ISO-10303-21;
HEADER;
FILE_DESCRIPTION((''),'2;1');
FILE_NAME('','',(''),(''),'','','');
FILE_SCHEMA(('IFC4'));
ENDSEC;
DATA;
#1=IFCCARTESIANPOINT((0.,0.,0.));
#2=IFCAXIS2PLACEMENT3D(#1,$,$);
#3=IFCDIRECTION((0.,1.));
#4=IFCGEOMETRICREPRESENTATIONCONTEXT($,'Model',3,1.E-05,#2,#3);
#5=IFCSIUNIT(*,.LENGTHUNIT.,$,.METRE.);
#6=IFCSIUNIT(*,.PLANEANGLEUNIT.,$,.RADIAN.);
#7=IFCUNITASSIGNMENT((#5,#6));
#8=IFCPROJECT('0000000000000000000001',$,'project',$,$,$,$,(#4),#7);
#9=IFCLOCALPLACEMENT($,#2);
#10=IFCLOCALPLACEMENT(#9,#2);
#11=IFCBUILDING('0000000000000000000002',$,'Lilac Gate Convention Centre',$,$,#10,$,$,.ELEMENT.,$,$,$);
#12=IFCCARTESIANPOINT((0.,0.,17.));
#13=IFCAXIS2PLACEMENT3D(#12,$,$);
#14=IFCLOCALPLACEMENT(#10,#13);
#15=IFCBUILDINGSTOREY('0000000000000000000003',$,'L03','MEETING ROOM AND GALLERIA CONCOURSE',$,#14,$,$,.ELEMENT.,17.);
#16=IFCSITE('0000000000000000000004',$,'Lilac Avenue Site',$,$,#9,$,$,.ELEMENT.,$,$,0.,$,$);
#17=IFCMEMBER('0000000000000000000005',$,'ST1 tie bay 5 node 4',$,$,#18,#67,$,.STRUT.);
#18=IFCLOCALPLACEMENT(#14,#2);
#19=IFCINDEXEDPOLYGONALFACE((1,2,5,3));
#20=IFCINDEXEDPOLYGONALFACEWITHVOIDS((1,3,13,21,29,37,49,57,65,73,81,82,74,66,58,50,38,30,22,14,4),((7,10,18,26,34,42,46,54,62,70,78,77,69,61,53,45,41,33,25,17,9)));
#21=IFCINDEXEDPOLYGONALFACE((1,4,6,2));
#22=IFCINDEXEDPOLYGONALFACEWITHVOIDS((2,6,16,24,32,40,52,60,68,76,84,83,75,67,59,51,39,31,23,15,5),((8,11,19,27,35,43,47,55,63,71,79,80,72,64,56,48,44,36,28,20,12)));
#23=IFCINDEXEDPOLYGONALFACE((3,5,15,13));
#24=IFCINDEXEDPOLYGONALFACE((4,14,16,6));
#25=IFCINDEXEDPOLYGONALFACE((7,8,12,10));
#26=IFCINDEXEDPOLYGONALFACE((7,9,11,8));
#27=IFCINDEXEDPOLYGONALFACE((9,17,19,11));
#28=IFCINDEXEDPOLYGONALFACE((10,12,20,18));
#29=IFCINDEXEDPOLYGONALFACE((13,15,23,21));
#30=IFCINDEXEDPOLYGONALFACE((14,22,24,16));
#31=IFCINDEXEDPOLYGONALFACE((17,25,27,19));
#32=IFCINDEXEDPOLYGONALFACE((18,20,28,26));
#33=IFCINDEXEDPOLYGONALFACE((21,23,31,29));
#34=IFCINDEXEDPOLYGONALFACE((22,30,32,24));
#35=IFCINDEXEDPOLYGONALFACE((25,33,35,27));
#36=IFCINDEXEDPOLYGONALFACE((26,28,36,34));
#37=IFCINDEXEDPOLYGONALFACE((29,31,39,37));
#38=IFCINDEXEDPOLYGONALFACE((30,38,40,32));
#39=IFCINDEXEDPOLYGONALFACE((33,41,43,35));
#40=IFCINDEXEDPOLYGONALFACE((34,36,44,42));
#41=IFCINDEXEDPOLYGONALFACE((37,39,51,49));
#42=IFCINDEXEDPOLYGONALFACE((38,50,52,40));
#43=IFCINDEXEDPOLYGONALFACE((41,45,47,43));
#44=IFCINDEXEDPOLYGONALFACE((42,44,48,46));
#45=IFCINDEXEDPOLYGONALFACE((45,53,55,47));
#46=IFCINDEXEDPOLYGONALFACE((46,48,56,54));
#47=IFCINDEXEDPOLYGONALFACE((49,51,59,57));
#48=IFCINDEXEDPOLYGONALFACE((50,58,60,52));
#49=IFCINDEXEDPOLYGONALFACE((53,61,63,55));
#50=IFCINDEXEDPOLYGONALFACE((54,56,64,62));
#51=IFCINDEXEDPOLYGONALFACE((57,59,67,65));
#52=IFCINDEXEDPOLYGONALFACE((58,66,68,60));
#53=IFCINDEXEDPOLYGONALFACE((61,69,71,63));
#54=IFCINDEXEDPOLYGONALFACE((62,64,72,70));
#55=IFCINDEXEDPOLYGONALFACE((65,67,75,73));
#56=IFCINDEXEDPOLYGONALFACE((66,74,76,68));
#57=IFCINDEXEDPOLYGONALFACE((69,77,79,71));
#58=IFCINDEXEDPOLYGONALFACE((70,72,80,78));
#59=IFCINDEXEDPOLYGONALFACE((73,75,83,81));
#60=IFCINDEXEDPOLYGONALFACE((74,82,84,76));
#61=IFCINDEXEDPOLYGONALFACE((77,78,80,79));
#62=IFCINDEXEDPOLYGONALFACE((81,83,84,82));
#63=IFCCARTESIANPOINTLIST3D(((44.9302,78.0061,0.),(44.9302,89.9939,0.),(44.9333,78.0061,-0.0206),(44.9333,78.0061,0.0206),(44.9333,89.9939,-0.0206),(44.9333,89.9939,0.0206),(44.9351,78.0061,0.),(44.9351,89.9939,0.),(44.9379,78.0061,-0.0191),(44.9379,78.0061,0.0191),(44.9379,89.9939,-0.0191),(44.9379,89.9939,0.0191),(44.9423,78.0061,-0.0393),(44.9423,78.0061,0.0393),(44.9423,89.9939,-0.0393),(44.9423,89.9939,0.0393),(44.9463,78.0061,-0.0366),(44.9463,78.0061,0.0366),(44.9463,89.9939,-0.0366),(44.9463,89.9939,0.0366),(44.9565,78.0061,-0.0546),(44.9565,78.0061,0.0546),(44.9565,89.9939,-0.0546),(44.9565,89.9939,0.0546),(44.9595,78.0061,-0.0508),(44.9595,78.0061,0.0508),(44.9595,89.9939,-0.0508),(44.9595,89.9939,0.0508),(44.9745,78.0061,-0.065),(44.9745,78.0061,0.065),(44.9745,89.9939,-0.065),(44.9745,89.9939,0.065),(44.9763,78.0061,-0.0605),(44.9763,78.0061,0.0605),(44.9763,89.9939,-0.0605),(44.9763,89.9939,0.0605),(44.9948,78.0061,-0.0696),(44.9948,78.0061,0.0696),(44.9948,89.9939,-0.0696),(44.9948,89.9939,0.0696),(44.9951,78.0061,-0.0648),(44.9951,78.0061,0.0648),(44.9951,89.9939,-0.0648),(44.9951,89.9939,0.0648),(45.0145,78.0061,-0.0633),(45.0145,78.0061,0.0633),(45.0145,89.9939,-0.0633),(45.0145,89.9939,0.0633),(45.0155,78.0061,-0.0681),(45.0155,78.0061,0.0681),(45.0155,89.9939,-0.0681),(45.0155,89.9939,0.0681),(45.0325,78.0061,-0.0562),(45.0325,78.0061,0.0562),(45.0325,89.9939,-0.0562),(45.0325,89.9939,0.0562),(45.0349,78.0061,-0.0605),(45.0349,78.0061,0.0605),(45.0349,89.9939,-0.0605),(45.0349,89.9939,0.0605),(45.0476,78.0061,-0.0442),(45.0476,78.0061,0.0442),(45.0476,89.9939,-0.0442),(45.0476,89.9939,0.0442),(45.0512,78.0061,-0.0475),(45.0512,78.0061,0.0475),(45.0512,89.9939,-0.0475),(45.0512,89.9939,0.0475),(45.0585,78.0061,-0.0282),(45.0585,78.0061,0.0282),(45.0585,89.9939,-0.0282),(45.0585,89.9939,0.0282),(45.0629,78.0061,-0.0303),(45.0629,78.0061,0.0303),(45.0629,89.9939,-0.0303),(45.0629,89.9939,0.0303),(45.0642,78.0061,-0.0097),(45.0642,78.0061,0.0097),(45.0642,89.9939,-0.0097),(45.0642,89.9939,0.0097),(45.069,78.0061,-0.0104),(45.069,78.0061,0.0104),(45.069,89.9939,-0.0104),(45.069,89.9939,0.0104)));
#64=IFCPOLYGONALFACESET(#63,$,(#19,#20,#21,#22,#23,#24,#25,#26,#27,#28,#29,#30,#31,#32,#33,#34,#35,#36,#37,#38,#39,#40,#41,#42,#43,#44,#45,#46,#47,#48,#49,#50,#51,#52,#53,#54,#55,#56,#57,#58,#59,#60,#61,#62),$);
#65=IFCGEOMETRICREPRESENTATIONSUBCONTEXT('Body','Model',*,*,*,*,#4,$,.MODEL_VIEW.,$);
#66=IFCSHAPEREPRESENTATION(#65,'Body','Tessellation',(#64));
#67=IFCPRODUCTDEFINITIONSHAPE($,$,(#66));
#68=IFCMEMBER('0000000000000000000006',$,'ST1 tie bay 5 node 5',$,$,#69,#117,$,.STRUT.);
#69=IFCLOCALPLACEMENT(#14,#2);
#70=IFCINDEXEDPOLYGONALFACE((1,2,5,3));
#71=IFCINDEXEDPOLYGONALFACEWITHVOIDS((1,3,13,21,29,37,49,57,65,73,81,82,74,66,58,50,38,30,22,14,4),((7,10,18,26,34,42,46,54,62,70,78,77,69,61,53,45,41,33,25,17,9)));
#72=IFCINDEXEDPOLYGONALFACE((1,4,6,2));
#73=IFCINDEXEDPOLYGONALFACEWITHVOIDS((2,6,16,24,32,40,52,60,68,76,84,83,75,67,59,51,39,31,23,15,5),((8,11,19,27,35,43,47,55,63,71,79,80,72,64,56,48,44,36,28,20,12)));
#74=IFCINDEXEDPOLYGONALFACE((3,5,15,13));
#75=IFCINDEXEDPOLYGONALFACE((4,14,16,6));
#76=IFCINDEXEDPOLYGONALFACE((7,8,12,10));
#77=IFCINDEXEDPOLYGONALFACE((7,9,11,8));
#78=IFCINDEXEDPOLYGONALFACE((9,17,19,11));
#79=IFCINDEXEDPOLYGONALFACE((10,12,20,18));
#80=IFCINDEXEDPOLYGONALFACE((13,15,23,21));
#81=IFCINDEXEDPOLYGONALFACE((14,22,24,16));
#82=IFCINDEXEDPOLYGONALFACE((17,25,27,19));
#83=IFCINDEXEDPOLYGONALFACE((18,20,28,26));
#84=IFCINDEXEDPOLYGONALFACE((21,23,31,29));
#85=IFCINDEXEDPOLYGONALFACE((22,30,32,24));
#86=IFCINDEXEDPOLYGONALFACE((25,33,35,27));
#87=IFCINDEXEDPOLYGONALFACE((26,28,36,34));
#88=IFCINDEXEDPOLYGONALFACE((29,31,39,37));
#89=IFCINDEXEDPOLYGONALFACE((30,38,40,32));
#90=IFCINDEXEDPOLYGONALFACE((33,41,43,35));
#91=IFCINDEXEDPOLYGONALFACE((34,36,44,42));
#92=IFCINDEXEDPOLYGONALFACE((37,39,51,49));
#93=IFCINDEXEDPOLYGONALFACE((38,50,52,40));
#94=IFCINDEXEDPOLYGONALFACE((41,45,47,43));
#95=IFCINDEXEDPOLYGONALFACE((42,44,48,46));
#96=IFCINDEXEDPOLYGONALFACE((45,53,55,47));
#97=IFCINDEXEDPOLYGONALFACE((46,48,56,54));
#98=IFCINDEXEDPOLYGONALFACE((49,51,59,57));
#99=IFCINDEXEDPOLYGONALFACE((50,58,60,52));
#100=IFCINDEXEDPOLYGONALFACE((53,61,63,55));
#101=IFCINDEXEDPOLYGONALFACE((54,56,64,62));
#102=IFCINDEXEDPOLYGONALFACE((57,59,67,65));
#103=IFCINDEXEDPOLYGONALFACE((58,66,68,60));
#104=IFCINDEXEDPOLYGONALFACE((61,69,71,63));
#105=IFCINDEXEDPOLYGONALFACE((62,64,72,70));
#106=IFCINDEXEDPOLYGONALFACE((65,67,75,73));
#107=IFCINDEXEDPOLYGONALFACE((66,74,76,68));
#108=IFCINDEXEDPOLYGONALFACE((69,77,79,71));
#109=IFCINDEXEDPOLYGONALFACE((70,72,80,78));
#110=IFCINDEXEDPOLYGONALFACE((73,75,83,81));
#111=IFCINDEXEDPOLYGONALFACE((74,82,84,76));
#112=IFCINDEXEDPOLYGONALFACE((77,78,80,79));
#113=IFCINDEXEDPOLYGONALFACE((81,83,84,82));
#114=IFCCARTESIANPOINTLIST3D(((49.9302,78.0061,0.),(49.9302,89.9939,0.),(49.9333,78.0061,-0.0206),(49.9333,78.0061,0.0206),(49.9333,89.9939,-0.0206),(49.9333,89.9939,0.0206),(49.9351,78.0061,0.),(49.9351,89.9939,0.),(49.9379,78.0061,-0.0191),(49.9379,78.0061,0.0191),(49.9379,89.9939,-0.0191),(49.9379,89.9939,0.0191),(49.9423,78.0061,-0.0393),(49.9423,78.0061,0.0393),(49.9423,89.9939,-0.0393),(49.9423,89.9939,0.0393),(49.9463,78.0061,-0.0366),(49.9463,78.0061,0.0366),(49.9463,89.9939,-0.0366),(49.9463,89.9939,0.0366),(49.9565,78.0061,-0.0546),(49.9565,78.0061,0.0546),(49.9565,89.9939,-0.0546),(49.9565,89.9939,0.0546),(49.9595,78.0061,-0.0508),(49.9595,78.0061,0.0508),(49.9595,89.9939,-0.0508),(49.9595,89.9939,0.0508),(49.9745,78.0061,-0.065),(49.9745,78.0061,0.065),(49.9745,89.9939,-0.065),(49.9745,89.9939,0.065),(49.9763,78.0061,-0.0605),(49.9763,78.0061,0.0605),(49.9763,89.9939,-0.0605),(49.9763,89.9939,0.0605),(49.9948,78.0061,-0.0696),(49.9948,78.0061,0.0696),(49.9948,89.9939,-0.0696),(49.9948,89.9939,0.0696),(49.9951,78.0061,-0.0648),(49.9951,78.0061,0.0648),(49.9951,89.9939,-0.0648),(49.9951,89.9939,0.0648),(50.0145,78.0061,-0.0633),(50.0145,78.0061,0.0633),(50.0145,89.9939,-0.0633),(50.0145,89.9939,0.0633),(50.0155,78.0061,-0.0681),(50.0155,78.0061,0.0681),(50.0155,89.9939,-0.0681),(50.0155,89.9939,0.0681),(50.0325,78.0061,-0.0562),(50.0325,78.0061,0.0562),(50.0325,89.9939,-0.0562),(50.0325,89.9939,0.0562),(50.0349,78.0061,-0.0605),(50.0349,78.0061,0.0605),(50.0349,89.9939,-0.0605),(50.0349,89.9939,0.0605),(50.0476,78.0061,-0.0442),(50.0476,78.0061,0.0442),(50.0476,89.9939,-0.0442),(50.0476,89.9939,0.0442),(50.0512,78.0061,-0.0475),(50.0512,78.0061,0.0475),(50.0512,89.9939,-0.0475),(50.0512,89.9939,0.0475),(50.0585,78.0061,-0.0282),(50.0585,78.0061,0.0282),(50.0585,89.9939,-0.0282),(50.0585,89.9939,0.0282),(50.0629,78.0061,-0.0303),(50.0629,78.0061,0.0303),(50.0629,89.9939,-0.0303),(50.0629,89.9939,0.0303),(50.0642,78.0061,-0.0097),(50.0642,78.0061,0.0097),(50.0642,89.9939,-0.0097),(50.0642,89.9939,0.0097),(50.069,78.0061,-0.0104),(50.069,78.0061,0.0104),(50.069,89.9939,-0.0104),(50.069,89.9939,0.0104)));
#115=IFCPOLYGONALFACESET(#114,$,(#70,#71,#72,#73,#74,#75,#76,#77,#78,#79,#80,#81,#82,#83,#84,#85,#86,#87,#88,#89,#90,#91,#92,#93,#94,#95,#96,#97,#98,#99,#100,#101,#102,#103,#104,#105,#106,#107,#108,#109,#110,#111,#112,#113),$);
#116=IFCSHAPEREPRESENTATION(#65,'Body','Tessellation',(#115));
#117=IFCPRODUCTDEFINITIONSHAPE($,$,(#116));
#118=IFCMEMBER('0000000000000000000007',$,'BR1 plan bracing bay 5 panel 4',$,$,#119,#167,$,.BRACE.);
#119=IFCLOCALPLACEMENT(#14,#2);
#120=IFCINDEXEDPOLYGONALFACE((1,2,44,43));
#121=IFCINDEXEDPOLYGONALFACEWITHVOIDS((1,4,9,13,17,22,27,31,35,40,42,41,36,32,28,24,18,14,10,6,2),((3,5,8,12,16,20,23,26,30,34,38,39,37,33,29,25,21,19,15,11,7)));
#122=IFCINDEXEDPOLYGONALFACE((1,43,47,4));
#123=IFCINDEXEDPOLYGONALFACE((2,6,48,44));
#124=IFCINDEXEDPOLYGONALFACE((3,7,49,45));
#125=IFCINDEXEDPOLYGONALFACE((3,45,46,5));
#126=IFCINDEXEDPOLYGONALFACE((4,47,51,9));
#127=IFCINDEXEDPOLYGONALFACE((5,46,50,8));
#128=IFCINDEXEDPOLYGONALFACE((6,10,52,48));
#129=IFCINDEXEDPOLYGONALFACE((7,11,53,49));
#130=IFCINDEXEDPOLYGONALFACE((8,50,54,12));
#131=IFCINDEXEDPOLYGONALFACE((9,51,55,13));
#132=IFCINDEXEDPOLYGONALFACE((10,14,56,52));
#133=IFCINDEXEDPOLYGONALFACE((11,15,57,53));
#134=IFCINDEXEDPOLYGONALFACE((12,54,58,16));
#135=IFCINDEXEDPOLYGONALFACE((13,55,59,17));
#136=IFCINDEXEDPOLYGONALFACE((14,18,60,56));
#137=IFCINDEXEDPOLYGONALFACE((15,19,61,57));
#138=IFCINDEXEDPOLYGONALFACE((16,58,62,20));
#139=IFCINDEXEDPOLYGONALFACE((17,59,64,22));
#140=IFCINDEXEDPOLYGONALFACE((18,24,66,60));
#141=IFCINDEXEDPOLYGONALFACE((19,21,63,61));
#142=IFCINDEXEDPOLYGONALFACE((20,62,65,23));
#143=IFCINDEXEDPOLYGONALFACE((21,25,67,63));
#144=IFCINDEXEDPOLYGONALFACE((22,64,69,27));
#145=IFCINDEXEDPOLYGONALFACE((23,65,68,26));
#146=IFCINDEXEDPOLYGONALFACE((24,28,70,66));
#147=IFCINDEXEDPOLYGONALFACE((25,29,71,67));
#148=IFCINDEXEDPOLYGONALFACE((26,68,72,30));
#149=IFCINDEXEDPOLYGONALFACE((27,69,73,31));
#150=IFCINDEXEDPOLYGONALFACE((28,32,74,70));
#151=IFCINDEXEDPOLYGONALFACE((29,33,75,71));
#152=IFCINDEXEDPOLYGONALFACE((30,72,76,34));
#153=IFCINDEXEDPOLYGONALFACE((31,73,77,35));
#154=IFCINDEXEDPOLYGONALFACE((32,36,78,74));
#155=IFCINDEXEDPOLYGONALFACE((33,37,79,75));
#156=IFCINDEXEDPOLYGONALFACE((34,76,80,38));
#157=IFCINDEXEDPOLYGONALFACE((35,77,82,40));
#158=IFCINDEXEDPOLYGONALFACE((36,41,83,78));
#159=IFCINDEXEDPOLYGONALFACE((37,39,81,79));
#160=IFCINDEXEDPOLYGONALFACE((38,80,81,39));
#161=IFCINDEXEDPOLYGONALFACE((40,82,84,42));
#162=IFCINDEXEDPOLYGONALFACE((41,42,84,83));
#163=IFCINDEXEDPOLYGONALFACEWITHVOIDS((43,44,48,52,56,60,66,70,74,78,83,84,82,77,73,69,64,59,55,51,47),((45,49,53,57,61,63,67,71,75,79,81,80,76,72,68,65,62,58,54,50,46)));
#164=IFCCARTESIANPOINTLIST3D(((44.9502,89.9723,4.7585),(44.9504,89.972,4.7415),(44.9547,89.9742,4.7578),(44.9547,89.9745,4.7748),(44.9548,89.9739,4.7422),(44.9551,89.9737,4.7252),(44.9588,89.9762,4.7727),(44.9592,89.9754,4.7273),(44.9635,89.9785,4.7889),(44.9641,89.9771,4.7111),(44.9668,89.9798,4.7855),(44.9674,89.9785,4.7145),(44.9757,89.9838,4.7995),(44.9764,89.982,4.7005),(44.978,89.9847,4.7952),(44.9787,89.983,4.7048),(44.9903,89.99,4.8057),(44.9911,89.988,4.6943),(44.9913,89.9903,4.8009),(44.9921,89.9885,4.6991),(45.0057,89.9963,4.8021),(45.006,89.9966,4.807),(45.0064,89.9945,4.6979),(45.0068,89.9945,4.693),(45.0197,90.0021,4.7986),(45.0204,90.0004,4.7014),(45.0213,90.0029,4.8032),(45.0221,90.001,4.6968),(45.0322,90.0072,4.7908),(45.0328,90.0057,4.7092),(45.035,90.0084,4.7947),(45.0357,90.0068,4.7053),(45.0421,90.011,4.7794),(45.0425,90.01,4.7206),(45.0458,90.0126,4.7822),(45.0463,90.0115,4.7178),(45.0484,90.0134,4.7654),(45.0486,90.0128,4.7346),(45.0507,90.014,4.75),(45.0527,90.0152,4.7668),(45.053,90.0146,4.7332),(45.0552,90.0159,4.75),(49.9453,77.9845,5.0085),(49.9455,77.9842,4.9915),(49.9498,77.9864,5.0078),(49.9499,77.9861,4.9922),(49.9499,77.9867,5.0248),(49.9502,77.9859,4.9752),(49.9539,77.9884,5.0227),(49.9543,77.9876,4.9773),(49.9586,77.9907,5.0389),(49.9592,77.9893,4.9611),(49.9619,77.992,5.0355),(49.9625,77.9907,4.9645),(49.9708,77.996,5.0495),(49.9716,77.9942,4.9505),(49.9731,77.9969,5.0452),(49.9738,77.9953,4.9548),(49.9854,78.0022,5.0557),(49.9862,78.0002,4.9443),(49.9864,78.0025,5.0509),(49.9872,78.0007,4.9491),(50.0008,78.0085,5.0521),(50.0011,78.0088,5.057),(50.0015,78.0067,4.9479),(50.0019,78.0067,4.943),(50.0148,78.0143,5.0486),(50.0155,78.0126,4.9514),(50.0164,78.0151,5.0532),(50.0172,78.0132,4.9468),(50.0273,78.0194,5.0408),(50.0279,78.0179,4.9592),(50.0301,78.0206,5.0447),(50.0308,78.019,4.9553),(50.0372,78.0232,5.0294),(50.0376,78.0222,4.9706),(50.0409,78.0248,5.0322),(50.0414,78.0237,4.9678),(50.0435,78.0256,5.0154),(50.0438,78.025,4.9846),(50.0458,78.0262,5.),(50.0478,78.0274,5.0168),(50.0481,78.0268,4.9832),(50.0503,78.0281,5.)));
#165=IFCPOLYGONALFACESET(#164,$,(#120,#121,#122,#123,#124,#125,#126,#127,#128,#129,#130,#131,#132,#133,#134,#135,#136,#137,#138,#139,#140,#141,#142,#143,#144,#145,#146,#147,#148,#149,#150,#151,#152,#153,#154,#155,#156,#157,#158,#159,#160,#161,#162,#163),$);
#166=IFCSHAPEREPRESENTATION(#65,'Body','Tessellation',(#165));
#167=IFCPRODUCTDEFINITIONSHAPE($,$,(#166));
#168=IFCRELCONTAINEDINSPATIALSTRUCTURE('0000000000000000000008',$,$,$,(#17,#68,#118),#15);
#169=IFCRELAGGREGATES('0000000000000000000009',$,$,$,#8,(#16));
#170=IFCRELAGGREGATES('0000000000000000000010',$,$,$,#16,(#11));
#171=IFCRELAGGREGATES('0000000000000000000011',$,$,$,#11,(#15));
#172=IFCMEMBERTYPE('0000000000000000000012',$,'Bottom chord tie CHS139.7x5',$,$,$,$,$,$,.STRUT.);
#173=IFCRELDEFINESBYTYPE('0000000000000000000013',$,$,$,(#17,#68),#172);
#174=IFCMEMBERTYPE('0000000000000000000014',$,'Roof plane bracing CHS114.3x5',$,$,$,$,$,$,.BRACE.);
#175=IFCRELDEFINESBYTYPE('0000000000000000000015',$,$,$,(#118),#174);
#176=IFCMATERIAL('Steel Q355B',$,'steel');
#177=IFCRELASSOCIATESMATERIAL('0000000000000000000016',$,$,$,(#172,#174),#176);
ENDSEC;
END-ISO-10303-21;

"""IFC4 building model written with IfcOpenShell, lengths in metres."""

from ifc_helpers import new_model, si_unit, direction, frame, origin, origin_2d, place, context, subcontext, project, spatial, hollow_circle, extrude, material, material_profile, profile_set, type_object, element, save


model = new_model("IFC4")

# Units and contexts
model_context = context("Model", 3, precision=1e-05, world=origin(), true_north=direction((0.0, 1.0)))
body_context = subcontext(model_context, "Body", "Model", "MODEL_VIEW")
ifc_project = project(units=[si_unit("LENGTHUNIT", "METRE"), si_unit("PLANEANGLEUNIT", "RADIAN")], contexts=[model_context])

# Site, building, storey
site_placement = place(None, origin())
site = spatial("IfcSite", under=ifc_project, at=site_placement, Name="Lilac Avenue Site", CompositionType="ELEMENT", RefElevation=0.0)
building_placement = place(site_placement, origin())
building = spatial("IfcBuilding", under=site, at=building_placement, Name="Lilac Gate Convention Centre", CompositionType="ELEMENT")
storey_placement = place(building_placement, frame((0.0, 0.0, 17.0)))
storey = spatial("IfcBuildingStorey", under=building, at=storey_placement, Name="L03", Description="MEETING ROOM AND GALLERIA CONCOURSE", CompositionType="ELEMENT", Elevation=17.0)

# Members
ifc_material = material(Name="Steel Q355B", Category="steel")
ifc_material_profile_1 = material_profile(ifc_material, hollow_circle(Radius=0.0698, WallThickness=0.0049, at=origin_2d()), Name="CHS139.7x5")
ifc_profile_set_1 = profile_set([ifc_material_profile_1], Name="Steel Q355B")
member_type_1 = type_object("IfcMemberType", Name="Bottom chord tie CHS139.7x5", PredefinedType="STRUT", material=ifc_profile_set_1)
for number, where, z_axis, x_axis, name in (
    (1, (45.0, 78.0061, 0.0), (0.0, 1.0, 0.0), (-1.0, 0.0, 0.0), "ST1 tie bay 5 node 4"),
    (2, (50.0, 78.0061, 0.0), (0.0, 1.0, 0.0), (-1.0, 0.0, 0.0), "ST1 tie bay 5 node 5"),
):
    element("IfcMember", number, at=place(storey_placement, frame(where, z_axis=z_axis, x_axis=x_axis)), inside=storey, type_object=member_type_1, Name=name, PredefinedType="STRUT", context=body_context, shape_type="SweptSolid", body=[
        extrude(hollow_circle(Radius=0.0698, WallThickness=0.0049, at=origin_2d()), origin(), (0.0, 0.0, 1.0), 11.9878),
    ])
ifc_material_profile_2 = material_profile(ifc_material, hollow_circle(Radius=0.0571, WallThickness=0.0049, at=origin_2d()), Name="CHS114.3x5")
ifc_profile_set_2 = profile_set([ifc_material_profile_2], Name="Steel Q355B")
member_type_2 = type_object("IfcMemberType", Name="Roof plane bracing CHS114.3x5", PredefinedType="BRACE", material=ifc_profile_set_2)
for number, where, z_axis, x_axis, name in (
    (3, (45.0024, 89.9939, 4.75), (0.384557, -0.9229, 0.019247), (0.923071, 0.384629, 0.0), "BR1 plan bracing bay 5 panel 4"),
):
    element("IfcMember", number, at=place(storey_placement, frame(where, z_axis=z_axis, x_axis=x_axis)), inside=storey, type_object=member_type_2, Name=name, PredefinedType="BRACE", context=body_context, shape_type="SweptSolid", body=[
        extrude(hollow_circle(Radius=0.0571, WallThickness=0.0049, at=origin_2d()), origin(), (0.0, 0.0, 1.0), 12.9893),
    ])

save(model, "model.ifc")
